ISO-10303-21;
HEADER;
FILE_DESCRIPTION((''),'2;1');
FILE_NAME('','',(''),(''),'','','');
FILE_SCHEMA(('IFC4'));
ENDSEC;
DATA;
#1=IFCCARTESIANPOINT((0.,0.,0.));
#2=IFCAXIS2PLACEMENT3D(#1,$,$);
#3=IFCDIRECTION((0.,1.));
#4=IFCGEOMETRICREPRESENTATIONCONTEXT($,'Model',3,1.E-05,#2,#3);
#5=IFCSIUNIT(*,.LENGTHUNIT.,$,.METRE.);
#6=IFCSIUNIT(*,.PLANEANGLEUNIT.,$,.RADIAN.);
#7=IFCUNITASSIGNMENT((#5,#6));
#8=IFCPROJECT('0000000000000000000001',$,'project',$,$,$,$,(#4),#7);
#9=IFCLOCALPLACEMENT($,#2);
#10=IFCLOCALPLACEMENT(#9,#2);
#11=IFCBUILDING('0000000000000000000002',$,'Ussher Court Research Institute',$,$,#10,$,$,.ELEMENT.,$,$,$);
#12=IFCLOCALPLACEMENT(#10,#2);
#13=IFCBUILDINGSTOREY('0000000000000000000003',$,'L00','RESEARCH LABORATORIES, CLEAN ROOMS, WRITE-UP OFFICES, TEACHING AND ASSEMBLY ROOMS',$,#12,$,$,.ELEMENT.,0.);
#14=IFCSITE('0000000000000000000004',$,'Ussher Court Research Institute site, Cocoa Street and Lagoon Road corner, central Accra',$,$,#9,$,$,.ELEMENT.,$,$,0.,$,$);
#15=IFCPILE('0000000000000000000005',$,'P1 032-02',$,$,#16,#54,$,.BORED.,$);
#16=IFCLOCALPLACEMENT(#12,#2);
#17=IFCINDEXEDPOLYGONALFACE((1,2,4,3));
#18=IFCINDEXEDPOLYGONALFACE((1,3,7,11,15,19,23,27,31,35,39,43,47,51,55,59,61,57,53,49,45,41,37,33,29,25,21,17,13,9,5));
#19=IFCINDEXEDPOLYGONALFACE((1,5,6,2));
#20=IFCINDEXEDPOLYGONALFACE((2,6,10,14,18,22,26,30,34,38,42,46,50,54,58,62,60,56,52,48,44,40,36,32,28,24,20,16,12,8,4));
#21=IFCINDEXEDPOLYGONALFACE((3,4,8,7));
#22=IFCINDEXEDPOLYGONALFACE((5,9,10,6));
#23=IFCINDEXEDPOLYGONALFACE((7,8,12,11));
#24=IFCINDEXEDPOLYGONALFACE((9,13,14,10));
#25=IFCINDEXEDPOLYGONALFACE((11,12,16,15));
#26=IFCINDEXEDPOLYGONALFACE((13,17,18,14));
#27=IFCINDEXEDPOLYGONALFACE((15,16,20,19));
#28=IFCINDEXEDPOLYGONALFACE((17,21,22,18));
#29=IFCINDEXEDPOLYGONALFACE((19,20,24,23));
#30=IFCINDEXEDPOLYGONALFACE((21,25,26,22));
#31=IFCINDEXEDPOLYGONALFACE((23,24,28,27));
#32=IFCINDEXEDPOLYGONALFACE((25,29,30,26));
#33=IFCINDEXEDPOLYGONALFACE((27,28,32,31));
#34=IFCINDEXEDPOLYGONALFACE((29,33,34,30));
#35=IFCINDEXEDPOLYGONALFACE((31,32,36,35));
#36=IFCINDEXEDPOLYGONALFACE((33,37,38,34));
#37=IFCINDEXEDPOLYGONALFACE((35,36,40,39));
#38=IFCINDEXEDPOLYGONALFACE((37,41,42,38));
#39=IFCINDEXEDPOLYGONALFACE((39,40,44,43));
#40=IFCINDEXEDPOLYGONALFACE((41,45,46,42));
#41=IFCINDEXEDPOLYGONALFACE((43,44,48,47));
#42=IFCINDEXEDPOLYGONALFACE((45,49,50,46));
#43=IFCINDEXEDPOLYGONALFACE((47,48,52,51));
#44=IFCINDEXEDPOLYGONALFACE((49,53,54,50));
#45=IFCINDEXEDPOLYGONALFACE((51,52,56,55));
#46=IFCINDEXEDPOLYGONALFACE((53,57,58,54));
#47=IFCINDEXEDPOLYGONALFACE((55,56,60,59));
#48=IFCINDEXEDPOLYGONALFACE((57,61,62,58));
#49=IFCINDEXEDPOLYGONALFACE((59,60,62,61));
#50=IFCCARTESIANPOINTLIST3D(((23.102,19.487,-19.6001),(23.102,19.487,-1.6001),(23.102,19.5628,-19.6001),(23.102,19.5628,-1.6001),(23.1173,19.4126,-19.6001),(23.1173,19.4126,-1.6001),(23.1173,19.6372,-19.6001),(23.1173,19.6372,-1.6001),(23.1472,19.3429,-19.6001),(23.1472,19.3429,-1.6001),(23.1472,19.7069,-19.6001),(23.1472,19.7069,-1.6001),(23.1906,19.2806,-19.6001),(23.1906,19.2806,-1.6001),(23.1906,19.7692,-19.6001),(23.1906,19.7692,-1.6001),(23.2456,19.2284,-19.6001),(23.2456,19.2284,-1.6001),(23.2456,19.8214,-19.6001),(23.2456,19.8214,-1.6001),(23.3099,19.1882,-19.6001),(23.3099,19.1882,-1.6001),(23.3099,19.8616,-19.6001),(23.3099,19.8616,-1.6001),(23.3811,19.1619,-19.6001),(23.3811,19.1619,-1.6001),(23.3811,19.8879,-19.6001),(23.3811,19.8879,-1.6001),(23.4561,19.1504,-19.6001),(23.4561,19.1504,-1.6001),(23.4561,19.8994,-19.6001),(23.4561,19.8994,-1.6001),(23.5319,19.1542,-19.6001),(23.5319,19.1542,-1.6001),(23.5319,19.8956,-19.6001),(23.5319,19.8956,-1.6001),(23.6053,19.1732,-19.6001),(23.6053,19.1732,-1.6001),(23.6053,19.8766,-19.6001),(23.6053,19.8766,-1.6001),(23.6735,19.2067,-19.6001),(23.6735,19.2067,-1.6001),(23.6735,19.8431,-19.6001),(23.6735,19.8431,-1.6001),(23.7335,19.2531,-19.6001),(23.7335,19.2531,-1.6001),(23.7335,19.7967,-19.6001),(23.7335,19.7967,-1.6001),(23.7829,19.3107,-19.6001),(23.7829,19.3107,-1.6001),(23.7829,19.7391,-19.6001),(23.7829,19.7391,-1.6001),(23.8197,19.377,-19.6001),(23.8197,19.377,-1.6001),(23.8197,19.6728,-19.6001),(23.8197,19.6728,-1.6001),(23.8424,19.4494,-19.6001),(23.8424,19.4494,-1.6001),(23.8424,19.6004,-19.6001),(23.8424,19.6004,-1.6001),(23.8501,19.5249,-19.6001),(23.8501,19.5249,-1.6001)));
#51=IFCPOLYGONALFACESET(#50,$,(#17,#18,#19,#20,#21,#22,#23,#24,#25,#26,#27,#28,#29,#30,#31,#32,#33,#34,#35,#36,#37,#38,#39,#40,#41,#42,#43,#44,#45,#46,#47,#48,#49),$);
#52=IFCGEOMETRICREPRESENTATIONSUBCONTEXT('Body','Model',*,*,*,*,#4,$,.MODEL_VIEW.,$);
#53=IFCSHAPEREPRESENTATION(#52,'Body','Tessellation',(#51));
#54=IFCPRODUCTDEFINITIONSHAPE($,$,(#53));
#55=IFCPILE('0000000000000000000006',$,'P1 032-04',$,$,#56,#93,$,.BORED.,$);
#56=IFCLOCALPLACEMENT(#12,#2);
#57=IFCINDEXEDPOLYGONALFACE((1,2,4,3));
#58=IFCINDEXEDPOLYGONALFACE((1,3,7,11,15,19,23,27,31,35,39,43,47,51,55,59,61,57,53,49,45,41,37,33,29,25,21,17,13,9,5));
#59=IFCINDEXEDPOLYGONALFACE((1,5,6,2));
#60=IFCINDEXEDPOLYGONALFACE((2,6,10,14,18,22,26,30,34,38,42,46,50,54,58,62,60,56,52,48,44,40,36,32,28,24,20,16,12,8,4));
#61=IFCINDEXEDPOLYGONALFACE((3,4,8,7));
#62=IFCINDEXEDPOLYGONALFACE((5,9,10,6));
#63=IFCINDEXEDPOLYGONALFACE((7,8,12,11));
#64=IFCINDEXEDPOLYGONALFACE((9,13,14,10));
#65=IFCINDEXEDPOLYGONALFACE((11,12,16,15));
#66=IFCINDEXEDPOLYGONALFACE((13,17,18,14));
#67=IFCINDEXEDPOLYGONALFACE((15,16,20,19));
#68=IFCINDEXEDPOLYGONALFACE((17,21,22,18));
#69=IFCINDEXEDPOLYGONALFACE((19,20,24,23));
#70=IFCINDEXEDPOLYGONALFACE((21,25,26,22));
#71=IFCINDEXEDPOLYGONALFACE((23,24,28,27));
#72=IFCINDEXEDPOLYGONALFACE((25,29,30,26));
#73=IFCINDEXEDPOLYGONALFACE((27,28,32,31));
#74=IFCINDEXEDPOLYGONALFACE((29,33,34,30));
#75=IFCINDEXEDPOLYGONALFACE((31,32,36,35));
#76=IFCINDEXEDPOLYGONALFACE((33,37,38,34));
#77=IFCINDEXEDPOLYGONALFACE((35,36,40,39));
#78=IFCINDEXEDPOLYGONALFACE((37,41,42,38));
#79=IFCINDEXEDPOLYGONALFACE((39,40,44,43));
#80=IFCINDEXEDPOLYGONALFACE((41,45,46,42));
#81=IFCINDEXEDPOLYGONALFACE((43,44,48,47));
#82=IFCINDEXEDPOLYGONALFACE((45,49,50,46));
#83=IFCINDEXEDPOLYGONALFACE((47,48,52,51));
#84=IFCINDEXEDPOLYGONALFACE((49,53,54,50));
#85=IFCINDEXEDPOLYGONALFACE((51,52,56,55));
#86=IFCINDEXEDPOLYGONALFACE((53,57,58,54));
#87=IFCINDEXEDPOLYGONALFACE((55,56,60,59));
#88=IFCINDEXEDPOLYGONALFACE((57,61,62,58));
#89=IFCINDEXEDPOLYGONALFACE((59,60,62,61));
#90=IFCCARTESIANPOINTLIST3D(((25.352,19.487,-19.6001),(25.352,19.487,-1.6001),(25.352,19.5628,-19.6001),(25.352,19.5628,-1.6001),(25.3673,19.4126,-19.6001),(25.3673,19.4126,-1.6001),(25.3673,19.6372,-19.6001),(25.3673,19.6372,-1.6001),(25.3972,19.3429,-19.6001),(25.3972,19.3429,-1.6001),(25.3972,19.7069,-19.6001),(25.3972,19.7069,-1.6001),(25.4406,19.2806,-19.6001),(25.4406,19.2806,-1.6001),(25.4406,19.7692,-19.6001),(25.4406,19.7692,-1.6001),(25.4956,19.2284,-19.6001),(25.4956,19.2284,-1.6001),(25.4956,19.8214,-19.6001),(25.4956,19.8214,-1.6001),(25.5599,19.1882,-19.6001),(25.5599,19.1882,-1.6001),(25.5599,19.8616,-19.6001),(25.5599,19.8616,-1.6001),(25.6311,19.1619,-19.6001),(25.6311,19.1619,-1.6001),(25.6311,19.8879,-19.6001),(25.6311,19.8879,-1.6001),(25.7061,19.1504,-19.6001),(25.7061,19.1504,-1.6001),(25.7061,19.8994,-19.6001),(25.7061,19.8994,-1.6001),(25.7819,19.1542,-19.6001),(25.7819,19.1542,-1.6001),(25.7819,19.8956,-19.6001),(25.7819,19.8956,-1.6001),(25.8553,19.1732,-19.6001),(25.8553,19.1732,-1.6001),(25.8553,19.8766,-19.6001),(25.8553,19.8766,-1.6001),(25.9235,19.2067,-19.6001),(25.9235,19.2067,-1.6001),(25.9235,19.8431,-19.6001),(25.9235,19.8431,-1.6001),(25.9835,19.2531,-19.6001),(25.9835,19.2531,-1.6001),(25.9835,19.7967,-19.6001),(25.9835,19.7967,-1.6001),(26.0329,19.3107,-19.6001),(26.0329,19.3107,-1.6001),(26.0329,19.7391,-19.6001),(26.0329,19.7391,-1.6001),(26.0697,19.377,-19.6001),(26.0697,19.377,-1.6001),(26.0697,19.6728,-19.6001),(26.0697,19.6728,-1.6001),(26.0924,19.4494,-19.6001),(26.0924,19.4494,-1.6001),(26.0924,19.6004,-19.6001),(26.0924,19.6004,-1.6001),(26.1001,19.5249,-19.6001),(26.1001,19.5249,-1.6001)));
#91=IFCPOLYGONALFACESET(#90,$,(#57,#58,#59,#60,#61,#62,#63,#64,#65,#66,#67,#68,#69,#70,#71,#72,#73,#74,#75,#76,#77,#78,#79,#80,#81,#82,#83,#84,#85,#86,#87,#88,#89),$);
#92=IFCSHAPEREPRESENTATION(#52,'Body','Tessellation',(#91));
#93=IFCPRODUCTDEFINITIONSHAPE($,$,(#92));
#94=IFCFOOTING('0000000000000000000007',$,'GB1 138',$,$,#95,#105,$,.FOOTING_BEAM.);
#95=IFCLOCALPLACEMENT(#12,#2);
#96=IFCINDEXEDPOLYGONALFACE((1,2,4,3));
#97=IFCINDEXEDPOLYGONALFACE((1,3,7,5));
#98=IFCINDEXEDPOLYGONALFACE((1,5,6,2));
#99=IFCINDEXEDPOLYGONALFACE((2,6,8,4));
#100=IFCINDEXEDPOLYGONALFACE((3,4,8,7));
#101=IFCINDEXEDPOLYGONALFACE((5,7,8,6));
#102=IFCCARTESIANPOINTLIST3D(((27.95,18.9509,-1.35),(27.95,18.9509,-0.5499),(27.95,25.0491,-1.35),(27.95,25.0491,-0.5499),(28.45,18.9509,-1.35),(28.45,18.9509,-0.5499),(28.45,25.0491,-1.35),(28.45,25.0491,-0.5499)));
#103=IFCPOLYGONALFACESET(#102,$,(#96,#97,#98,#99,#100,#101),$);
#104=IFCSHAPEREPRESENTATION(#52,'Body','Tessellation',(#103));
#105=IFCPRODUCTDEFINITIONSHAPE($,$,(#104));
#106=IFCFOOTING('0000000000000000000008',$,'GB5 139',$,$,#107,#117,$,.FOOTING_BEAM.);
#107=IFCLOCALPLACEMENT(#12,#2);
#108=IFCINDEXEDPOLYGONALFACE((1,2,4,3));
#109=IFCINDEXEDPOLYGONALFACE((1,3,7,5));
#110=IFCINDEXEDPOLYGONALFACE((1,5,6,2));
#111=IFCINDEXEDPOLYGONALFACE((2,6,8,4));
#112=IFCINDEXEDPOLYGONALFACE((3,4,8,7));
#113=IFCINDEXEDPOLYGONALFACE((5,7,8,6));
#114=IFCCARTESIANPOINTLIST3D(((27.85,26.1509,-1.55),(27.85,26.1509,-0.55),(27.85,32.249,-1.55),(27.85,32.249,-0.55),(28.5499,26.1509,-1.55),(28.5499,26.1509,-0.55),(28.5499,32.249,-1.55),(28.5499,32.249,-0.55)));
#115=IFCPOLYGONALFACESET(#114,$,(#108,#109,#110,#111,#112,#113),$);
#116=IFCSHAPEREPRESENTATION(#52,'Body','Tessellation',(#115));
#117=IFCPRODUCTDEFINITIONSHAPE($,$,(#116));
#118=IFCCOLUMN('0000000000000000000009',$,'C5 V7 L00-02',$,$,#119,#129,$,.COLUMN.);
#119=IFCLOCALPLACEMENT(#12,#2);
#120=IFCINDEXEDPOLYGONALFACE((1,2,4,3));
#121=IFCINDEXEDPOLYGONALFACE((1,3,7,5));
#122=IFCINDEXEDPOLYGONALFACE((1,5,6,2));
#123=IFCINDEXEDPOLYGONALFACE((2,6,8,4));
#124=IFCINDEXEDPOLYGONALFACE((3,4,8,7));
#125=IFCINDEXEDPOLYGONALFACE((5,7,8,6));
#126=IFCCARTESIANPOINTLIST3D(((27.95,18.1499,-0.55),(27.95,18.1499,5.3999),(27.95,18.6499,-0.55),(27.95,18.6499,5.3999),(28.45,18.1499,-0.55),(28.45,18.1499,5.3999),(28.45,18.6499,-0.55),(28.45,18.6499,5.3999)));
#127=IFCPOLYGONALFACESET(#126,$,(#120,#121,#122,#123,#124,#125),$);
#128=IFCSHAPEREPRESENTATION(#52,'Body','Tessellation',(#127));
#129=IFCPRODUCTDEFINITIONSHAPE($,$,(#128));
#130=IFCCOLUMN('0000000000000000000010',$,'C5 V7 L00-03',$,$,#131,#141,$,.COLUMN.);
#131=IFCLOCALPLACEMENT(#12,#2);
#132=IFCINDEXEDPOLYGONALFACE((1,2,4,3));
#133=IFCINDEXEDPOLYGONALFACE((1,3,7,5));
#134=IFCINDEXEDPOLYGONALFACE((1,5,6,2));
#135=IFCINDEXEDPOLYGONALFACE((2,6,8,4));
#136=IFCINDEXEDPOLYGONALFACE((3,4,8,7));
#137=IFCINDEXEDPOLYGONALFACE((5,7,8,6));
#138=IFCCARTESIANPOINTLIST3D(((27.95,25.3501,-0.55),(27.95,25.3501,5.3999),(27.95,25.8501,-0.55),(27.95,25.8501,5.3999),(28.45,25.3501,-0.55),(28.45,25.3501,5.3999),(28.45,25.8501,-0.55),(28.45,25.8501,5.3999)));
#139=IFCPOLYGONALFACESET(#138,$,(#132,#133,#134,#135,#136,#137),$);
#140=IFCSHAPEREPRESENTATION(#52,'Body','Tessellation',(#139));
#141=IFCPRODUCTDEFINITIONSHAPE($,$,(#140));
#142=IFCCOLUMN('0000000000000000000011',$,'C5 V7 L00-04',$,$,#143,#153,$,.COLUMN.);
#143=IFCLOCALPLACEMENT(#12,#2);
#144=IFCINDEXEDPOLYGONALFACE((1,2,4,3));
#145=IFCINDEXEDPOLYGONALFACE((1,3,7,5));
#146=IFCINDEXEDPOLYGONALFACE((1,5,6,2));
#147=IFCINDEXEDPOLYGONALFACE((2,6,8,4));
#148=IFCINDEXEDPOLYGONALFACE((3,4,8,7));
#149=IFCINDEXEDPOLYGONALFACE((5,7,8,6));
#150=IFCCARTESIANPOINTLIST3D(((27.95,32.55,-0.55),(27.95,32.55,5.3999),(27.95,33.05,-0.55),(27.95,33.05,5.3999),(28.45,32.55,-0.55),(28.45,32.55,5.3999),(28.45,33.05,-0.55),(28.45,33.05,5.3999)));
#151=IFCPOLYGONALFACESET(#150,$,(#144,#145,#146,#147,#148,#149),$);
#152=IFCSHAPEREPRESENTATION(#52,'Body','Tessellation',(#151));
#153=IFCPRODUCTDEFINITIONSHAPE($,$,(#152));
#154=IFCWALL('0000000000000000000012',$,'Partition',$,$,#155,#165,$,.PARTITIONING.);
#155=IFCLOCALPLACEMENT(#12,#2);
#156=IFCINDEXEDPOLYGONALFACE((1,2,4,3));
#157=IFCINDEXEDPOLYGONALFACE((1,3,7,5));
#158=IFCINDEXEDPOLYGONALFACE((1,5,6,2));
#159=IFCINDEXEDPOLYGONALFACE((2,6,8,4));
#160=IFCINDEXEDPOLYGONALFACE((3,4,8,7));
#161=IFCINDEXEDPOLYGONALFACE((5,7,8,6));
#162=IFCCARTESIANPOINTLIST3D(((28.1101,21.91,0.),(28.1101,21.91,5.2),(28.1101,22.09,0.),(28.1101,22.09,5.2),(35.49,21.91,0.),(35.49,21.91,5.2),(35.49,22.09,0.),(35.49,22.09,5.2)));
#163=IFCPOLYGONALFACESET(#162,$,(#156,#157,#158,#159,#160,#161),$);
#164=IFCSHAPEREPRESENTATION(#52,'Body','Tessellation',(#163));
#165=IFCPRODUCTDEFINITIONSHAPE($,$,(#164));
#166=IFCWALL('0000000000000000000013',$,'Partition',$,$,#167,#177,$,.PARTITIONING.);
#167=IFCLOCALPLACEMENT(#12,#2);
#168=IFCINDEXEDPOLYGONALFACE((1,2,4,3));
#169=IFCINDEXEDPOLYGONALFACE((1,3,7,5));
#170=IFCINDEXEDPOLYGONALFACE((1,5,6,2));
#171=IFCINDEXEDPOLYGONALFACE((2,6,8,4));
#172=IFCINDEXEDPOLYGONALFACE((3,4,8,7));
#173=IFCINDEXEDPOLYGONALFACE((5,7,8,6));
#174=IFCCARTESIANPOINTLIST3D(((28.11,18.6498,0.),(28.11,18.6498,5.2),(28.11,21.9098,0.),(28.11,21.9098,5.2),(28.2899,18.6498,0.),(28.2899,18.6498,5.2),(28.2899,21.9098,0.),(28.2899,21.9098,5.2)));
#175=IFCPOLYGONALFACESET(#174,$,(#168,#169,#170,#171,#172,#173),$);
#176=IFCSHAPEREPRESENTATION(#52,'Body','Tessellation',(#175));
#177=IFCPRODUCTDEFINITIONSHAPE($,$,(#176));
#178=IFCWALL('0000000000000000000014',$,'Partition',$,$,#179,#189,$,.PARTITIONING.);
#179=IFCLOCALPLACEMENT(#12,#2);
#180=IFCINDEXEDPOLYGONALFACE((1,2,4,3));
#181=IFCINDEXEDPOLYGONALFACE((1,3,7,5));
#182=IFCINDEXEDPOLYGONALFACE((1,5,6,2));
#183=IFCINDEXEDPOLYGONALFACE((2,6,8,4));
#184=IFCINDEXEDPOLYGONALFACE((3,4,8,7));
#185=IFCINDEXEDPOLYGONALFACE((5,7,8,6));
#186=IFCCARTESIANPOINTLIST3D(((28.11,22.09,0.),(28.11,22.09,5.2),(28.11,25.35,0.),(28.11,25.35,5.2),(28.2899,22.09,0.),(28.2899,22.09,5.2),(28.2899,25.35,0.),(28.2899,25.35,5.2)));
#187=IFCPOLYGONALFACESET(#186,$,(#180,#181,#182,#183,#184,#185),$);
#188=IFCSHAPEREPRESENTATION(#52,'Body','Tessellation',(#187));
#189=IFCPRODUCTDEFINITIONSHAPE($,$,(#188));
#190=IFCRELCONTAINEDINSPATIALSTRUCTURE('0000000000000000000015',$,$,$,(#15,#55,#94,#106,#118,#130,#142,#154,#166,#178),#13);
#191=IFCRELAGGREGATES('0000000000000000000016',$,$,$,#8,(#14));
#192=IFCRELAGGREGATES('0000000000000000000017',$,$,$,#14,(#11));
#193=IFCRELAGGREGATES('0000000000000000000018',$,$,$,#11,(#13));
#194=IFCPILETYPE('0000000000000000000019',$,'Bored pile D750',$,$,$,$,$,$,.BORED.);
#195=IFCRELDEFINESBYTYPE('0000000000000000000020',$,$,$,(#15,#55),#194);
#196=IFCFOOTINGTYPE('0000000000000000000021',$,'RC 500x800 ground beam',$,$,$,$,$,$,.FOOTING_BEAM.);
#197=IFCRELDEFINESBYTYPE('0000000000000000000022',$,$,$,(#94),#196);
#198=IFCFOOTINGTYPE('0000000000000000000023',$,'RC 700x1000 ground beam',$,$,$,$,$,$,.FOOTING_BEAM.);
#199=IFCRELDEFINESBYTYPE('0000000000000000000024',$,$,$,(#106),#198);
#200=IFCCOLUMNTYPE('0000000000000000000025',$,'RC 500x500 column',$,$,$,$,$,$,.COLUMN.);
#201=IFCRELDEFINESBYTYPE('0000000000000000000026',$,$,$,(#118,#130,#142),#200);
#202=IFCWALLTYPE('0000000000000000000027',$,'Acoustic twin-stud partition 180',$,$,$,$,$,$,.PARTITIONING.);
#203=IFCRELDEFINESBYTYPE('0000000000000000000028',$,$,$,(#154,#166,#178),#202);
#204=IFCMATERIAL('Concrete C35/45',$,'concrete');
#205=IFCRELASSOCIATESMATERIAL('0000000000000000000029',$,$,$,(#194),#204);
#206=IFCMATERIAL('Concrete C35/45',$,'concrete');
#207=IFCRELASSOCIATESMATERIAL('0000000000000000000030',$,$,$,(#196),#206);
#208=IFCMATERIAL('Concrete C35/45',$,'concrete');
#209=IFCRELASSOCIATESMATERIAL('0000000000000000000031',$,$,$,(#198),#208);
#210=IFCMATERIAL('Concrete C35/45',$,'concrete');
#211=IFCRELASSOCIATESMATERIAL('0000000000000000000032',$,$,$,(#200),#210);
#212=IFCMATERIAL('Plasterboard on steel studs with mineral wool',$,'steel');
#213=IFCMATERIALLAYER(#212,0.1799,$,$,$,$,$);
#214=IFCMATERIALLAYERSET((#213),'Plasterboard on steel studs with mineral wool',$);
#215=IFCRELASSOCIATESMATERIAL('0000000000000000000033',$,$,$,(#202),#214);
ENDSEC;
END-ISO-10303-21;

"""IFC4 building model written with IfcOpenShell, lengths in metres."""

from ifc_helpers import new_model, si_unit, direction, frame, frame_2d, origin, origin_2d, place, context, subcontext, project, spatial, rectangle, circle, extrude, material, layer, layer_set, material_profile, profile_set, type_object, element, save


model = new_model("IFC4")

# Units and contexts
model_context = context("Model", 3, precision=1e-05, world=origin(), true_north=direction((0.0, 1.0)))
body_context = subcontext(model_context, "Body", "Model", "MODEL_VIEW")
ifc_project = project(units=[si_unit("LENGTHUNIT", "METRE"), si_unit("PLANEANGLEUNIT", "RADIAN")], contexts=[model_context])

# Site, building, storey
site_placement = place(None, origin())
site = spatial("IfcSite", under=ifc_project, at=site_placement, Name="Ussher Court Research Institute site, Cocoa Street and Lagoon Road corner, central Accra", CompositionType="ELEMENT", RefElevation=0.0)
building_placement = place(site_placement, origin())
building = spatial("IfcBuilding", under=site, at=building_placement, Name="Ussher Court Research Institute", CompositionType="ELEMENT")
storey_placement = place(building_placement, origin())
storey = spatial("IfcBuildingStorey", under=building, at=storey_placement, Name="L00", Description="RESEARCH LABORATORIES, CLEAN ROOMS, WRITE-UP OFFICES, TEACHING AND ASSEMBLY ROOMS", CompositionType="ELEMENT", Elevation=0.0)

# Piles
ifc_material_1 = material(Name="Concrete C35/45", Category="concrete")
ifc_material_profile_1 = material_profile(ifc_material_1, circle(Radius=0.375, at=origin_2d()), Name="RC D750")
ifc_profile_set_1 = profile_set([ifc_material_profile_1], Name="Concrete C35/45")
pile_type_1 = type_object("IfcPileType", Name="Bored pile D750", PredefinedType="BORED", material=ifc_profile_set_1)
for number, where, z_axis, x_axis, name in (
    (1, (23.4751, 19.5249, -1.6001), (0.0, 0.0, -1.0), (1.0, 0.0, 0.0), "P1 032-02"),
    (2, (25.7251, 19.5249, -1.6001), (0.0, 0.0, -1.0), (1.0, 0.0, 0.0), "P1 032-04"),
):
    element("IfcPile", number, at=place(storey_placement, frame(where, z_axis=z_axis, x_axis=x_axis)), inside=storey, type_object=pile_type_1, Name=name, PredefinedType="BORED", context=body_context, shape_type="SweptSolid", body=[
        extrude(circle(Radius=0.375, at=origin_2d()), origin(), (0.0, 0.0, 1.0), 18.0),
    ])

# Footings
ifc_material_2 = material(Name="Concrete C35/45", Category="concrete")
ifc_material_profile_2 = material_profile(ifc_material_2, rectangle(XDim=0.5, YDim=0.8, at=origin_2d()), Name="RC 500x800")
ifc_profile_set_2 = profile_set([ifc_material_profile_2], Name="Concrete C35/45")
footing_type_1 = type_object("IfcFootingType", Name="RC 500x800 ground beam", PredefinedType="FOOTING_BEAM", material=ifc_profile_set_2)
footing_1_placement = place(storey_placement, frame((28.2, 18.9509, -0.95), z_axis=(0.0, 1.0, 0.0), x_axis=(-1.0, 0.0, 0.0)))
element("IfcFooting", 3, at=footing_1_placement, inside=storey, type_object=footing_type_1, Name="GB1 138", PredefinedType="FOOTING_BEAM", context=body_context, shape_type="SweptSolid", body=[
    extrude(rectangle(XDim=0.5, YDim=0.8, at=origin_2d()), origin(), (0.0, 0.0, 1.0), 6.0981),
])
ifc_material_3 = material(Name="Concrete C35/45", Category="concrete")
ifc_material_profile_3 = material_profile(ifc_material_3, rectangle(XDim=0.7, YDim=1.0, at=origin_2d()), Name="RC 700x1000")
ifc_profile_set_3 = profile_set([ifc_material_profile_3], Name="Concrete C35/45")
footing_type_2 = type_object("IfcFootingType", Name="RC 700x1000 ground beam", PredefinedType="FOOTING_BEAM", material=ifc_profile_set_3)
footing_2_placement = place(storey_placement, frame((28.2, 26.1509, -1.05), z_axis=(0.0, 1.0, 0.0), x_axis=(-1.0, 0.0, 0.0)))
element("IfcFooting", 4, at=footing_2_placement, inside=storey, type_object=footing_type_2, Name="GB5 139", PredefinedType="FOOTING_BEAM", context=body_context, shape_type="SweptSolid", body=[
    extrude(rectangle(XDim=0.7, YDim=1.0, at=origin_2d()), origin(), (0.0, 0.0, 1.0), 6.0981),
])

# Columns
ifc_material_4 = material(Name="Concrete C35/45", Category="concrete")
ifc_material_profile_4 = material_profile(ifc_material_4, rectangle(XDim=0.5, YDim=0.5, at=origin_2d()), Name="RC 500x500")
ifc_profile_set_4 = profile_set([ifc_material_profile_4], Name="Concrete C35/45")
column_type = type_object("IfcColumnType", Name="RC 500x500 column", PredefinedType="COLUMN", material=ifc_profile_set_4)
for number, where, z_axis, x_axis, name in (
    (5, (28.2, 18.3999, -0.55), (0.0, 0.0, 1.0), (1.0, 0.0, 0.0), "C5 V7 L00-02"),
    (6, (28.2, 25.6001, -0.55), (0.0, 0.0, 1.0), (1.0, 0.0, 0.0), "C5 V7 L00-03"),
    (7, (28.2, 32.8, -0.55), (0.0, 0.0, 1.0), (1.0, 0.0, 0.0), "C5 V7 L00-04"),
):
    element("IfcColumn", number, at=place(storey_placement, frame(where, z_axis=z_axis, x_axis=x_axis)), inside=storey, type_object=column_type, Name=name, PredefinedType="COLUMN", context=body_context, shape_type="SweptSolid", body=[
        extrude(rectangle(XDim=0.5, YDim=0.5, at=origin_2d()), origin(), (0.0, 0.0, 1.0), 5.95),
    ])

# Walls
ifc_material_5 = material(Name="Plasterboard on steel studs with mineral wool", Category="steel")
ifc_layer_1 = layer(ifc_material_5, 0.1799)
ifc_layer_set_1 = layer_set([ifc_layer_1], Name="Plasterboard on steel studs with mineral wool")
wall_type_1 = type_object("IfcWallType", Name="Acoustic twin-stud partition 180", PredefinedType="PARTITIONING", material=ifc_layer_set_1)
wall_1_placement = place(storey_placement, frame((28.1101, 22.0, 0.0), z_axis=(0.0, 0.0, 1.0), x_axis=(1.0, 0.0, 0.0)))
element("IfcWall", 8, at=wall_1_placement, inside=storey, type_object=wall_type_1, Name="Partition", PredefinedType="PARTITIONING", context=body_context, shape_type="SweptSolid", body=[
    extrude(rectangle(XDim=7.3799, YDim=0.1799, at=frame_2d((3.6899, 0.0))), origin(), (0.0, 0.0, 1.0), 5.2),
])
for number, where, z_axis, x_axis, name in (
    (9, (28.2, 18.6499, 0.0), (0.0, 0.0, 1.0), (0.0, 1.0, 0.0), "Partition"),
    (10, (28.2, 22.0901, 0.0), (0.0, 0.0, 1.0), (0.0, 1.0, 0.0), "Partition"),
):
    element("IfcWall", number, at=place(storey_placement, frame(where, z_axis=z_axis, x_axis=x_axis)), inside=storey, type_object=wall_type_1, Name=name, PredefinedType="PARTITIONING", context=body_context, shape_type="SweptSolid", body=[
        extrude(rectangle(XDim=3.26, YDim=0.1799, at=frame_2d((1.6299, 0.0))), origin(), (0.0, 0.0, 1.0), 5.2),
    ])

save(model, "model.ifc")
